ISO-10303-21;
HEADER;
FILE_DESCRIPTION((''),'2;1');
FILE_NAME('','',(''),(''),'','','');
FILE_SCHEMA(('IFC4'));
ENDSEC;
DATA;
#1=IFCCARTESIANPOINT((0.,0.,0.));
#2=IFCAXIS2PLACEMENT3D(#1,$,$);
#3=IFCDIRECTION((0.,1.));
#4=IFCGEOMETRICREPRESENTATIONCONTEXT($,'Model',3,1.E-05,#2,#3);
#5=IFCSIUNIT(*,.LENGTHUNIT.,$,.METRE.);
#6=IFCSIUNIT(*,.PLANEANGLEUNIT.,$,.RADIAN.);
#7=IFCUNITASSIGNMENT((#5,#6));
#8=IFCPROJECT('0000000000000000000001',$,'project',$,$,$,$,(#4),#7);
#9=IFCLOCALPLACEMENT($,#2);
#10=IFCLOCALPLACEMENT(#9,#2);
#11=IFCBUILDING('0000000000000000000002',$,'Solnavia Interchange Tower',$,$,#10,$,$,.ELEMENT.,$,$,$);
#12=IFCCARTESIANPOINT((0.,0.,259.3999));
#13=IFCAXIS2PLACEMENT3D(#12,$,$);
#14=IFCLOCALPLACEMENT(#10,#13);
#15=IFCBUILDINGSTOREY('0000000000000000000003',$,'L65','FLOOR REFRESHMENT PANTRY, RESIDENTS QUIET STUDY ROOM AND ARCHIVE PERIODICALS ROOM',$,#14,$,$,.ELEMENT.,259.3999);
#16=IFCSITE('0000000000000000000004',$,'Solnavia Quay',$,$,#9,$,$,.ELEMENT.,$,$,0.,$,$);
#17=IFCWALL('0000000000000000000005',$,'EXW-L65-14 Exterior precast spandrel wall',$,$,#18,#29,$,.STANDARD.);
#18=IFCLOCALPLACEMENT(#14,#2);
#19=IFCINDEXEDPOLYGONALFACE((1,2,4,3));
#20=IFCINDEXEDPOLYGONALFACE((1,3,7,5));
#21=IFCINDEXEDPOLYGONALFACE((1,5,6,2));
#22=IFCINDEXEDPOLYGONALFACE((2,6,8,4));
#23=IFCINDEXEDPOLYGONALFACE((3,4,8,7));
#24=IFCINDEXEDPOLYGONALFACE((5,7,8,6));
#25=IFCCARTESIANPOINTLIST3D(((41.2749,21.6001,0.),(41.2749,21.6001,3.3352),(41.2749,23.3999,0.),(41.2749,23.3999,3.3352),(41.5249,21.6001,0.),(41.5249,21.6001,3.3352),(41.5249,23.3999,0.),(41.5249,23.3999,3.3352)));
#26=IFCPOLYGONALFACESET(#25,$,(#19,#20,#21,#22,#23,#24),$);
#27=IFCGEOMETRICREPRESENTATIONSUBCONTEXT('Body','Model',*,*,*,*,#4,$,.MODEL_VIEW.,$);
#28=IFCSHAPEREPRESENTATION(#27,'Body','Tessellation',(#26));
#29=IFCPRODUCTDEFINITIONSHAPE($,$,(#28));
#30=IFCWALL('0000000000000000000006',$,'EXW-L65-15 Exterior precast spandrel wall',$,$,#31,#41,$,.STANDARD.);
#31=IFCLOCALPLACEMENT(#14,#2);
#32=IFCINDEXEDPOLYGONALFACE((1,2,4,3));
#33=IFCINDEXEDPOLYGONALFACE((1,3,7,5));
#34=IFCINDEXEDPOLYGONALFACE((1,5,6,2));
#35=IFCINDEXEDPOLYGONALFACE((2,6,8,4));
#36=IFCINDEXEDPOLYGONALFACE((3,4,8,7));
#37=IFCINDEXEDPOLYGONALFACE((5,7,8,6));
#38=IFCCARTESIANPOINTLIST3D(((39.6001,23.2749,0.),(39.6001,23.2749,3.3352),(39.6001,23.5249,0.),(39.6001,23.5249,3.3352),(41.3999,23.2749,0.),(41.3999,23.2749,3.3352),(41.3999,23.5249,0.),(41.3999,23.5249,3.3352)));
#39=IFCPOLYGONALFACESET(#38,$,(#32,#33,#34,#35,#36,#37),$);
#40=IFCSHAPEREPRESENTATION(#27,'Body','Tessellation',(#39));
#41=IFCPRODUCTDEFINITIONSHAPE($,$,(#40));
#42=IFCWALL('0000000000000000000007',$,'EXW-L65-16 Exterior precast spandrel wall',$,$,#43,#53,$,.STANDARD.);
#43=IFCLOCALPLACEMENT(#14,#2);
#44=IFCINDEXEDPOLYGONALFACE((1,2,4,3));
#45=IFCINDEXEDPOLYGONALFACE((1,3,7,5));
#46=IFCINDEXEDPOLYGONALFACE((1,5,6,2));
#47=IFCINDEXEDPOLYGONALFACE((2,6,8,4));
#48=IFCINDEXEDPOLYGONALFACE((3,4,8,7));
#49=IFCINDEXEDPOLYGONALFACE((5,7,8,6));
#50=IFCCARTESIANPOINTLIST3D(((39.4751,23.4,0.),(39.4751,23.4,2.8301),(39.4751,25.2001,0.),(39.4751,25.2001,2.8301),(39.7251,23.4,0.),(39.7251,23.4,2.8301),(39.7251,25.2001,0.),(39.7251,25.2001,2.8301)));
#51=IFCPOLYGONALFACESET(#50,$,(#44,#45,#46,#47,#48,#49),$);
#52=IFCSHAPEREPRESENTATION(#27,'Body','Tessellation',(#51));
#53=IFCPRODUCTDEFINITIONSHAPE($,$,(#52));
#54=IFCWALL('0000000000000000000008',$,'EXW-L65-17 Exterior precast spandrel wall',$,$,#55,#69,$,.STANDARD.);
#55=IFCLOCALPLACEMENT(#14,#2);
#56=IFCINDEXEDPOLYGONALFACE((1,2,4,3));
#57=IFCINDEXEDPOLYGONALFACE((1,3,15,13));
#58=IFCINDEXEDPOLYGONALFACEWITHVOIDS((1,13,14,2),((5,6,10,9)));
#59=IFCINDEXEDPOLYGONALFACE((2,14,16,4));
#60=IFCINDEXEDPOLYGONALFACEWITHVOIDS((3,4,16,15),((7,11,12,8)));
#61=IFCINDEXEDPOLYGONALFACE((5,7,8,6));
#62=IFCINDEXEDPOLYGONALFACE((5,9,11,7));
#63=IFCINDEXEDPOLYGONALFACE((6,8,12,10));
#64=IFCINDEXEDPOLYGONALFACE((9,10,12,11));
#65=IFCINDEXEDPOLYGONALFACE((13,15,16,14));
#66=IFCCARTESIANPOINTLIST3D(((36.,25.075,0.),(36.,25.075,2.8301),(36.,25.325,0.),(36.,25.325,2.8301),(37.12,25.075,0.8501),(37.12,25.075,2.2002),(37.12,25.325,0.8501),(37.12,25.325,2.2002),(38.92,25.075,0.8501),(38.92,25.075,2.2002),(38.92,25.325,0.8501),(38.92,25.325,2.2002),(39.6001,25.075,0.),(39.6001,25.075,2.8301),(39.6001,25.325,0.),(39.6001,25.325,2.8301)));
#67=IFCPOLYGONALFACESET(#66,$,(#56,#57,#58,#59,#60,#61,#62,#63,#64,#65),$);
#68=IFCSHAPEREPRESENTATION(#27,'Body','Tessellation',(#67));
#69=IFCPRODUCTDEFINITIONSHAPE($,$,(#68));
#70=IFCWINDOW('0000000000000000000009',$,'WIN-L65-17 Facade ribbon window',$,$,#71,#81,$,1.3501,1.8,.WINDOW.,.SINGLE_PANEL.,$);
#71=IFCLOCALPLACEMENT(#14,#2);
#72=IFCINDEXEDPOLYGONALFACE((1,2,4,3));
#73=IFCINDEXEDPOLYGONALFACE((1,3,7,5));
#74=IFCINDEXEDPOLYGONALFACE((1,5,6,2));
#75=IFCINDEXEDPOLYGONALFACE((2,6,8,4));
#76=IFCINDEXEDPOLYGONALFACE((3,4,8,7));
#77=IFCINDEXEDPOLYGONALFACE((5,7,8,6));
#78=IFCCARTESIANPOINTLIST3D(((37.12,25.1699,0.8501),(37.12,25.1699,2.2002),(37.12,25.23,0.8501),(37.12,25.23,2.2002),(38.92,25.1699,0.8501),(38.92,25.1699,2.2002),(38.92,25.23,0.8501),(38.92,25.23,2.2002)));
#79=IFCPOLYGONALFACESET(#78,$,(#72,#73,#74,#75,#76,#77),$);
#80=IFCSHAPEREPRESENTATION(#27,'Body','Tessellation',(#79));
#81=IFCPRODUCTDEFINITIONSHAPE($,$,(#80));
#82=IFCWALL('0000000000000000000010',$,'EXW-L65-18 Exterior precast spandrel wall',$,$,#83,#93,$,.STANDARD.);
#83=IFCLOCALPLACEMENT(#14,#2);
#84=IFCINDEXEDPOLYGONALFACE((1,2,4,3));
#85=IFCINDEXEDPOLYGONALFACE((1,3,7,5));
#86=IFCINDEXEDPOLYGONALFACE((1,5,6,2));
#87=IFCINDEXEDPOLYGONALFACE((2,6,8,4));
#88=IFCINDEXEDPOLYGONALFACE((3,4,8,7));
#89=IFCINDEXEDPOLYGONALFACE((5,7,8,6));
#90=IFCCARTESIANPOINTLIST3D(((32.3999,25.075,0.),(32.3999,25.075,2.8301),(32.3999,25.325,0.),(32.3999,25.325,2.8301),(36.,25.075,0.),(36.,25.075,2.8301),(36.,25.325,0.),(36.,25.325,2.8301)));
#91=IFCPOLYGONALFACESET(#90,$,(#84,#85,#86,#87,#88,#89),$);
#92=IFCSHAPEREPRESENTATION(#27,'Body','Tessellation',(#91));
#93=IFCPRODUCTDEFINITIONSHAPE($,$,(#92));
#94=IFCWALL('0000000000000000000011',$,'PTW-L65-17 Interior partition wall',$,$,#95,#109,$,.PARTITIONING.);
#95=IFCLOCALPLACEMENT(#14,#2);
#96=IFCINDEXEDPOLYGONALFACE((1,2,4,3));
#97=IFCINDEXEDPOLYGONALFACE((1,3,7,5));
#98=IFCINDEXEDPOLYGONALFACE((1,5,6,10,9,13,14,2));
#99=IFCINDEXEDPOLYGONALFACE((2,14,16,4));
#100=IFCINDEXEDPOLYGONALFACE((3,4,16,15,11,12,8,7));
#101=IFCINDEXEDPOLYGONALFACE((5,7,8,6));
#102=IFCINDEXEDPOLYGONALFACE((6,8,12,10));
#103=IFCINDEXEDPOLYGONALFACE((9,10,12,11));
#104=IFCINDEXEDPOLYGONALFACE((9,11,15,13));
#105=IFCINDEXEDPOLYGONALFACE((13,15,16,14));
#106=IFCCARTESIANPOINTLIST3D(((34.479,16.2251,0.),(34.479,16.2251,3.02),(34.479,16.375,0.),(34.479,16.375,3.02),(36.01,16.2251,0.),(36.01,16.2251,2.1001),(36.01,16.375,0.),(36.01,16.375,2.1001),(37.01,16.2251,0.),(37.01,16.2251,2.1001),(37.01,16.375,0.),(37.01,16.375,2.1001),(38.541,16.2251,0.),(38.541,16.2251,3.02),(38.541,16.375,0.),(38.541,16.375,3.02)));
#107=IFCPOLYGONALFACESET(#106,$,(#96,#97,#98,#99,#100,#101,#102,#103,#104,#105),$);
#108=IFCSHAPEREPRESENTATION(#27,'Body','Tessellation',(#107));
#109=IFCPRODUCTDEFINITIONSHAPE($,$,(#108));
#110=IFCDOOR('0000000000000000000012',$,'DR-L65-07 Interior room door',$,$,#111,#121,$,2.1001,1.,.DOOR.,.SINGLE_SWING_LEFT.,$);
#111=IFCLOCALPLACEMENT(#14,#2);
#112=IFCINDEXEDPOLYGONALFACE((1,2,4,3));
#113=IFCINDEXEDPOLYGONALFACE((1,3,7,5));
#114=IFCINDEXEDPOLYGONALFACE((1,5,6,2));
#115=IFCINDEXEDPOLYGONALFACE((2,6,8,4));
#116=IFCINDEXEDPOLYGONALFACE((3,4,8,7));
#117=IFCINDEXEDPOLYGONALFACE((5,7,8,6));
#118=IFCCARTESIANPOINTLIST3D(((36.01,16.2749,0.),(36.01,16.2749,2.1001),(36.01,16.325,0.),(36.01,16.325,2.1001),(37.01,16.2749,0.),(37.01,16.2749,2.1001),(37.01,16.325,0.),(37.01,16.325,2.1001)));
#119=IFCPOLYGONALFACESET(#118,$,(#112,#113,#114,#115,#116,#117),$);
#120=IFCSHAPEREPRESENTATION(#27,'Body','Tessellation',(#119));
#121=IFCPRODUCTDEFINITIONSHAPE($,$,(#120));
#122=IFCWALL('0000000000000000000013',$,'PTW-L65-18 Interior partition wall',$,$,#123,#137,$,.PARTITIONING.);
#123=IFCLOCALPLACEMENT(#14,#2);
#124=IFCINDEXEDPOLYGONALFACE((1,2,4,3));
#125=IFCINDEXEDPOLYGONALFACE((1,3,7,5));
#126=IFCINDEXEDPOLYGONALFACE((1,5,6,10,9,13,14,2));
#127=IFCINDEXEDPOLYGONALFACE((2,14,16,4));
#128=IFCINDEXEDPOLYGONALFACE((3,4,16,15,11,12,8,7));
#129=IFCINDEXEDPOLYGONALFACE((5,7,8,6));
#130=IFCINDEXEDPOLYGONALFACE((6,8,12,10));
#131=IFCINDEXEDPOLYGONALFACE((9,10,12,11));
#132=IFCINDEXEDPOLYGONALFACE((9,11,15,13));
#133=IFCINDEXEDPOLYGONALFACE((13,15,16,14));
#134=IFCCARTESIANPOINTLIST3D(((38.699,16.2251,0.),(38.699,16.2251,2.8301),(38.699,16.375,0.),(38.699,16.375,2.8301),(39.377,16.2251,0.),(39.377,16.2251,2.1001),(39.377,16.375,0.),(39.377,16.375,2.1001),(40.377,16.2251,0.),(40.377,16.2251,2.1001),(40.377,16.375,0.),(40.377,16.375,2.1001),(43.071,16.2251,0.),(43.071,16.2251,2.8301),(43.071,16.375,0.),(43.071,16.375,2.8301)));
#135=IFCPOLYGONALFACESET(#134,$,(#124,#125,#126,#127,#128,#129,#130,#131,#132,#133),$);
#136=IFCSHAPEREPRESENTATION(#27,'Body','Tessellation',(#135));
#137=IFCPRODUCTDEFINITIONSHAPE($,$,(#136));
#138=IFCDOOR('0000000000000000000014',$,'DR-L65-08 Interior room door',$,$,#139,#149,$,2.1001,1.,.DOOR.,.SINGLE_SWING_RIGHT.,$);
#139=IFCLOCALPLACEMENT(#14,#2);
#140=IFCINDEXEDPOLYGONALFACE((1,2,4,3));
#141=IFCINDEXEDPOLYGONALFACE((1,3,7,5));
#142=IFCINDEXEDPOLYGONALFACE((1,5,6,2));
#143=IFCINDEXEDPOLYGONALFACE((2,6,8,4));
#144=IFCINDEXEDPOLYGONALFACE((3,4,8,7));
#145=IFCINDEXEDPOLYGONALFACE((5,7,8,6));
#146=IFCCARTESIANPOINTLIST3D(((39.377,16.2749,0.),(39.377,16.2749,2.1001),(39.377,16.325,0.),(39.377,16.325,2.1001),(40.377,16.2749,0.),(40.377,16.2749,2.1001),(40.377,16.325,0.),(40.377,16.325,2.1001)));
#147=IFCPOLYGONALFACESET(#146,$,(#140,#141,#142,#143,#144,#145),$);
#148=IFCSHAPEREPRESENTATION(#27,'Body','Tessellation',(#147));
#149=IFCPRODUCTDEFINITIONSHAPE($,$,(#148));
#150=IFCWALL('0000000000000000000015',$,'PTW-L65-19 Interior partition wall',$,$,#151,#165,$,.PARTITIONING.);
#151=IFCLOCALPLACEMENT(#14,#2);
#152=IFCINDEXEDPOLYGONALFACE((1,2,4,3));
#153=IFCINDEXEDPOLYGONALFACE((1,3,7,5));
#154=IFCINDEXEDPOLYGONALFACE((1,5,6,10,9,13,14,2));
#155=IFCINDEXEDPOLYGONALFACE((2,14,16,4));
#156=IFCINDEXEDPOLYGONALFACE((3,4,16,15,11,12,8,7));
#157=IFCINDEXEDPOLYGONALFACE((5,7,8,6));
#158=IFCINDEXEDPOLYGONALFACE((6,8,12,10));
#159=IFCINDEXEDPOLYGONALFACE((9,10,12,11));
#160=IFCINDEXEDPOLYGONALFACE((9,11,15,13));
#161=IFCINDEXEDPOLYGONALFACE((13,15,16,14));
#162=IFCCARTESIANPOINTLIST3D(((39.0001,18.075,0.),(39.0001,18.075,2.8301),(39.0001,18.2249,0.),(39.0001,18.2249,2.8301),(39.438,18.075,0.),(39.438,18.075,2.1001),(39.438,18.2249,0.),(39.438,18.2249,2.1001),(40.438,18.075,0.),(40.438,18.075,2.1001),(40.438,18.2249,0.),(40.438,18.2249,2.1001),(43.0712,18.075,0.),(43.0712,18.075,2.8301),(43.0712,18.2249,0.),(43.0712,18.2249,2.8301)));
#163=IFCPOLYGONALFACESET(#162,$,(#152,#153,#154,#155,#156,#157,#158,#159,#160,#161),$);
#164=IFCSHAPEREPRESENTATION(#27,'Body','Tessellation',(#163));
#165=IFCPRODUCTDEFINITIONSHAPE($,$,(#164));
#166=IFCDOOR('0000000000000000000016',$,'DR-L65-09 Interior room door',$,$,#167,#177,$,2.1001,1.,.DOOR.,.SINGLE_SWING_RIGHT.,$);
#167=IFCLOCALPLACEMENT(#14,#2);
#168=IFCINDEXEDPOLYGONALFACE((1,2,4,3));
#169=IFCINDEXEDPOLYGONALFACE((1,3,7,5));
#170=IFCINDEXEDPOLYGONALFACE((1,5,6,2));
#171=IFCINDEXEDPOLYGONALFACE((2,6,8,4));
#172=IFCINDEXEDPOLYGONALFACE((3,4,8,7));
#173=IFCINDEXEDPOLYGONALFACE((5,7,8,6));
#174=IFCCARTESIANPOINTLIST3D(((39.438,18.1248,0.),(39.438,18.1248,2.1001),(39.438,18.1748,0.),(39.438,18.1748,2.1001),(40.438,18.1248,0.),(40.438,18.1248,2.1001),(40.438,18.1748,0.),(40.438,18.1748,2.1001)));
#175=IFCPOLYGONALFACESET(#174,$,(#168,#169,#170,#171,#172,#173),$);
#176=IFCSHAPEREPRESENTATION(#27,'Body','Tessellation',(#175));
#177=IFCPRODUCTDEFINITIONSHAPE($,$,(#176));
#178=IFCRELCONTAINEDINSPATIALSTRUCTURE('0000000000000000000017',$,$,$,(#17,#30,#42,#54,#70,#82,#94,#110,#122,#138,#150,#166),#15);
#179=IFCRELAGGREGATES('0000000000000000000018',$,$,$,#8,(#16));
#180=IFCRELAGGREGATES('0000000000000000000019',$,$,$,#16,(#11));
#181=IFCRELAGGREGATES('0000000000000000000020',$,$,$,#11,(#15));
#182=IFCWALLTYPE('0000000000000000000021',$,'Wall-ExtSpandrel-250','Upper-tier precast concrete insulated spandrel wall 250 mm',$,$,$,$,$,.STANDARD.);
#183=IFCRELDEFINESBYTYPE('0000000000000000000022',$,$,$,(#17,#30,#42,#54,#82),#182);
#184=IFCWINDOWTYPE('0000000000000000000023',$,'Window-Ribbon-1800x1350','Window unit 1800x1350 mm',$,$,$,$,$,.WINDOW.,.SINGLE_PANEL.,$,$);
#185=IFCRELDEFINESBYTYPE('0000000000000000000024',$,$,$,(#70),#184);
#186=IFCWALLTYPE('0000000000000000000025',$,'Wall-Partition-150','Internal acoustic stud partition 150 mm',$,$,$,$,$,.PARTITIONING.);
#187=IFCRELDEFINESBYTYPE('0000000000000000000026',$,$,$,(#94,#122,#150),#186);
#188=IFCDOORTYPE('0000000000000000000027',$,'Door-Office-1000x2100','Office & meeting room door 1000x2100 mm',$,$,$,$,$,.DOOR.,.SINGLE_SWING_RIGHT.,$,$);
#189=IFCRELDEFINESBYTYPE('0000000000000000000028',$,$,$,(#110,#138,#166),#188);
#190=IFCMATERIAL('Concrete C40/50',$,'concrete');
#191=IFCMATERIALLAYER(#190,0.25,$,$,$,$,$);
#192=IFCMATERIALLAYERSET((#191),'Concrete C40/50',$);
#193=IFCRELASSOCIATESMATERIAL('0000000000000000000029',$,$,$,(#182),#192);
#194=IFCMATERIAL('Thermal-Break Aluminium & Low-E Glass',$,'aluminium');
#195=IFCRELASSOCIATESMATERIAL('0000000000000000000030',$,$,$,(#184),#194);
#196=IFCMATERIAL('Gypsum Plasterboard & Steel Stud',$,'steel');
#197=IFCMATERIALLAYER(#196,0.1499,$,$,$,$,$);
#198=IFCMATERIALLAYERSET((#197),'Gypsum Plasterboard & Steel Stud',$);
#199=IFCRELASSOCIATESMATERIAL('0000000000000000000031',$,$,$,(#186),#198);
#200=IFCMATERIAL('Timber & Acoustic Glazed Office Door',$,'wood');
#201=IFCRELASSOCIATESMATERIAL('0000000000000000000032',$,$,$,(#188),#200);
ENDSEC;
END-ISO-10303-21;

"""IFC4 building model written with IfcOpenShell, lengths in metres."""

from ifc_helpers import new_model, si_unit, direction, frame, frame_2d, origin, place, context, subcontext, project, spatial, rectangle, extrude, material, layer, layer_set, type_object, element, fill, save


model = new_model("IFC4")

# Units and contexts
model_context = context("Model", 3, precision=1e-05, world=origin(), true_north=direction((0.0, 1.0)))
body_context = subcontext(model_context, "Body", "Model", "MODEL_VIEW")
ifc_project = project(units=[si_unit("LENGTHUNIT", "METRE"), si_unit("PLANEANGLEUNIT", "RADIAN")], contexts=[model_context])

# Site, building, storey
site_placement = place(None, origin())
site = spatial("IfcSite", under=ifc_project, at=site_placement, Name="Solnavia Quay", CompositionType="ELEMENT", RefElevation=0.0)
building_placement = place(site_placement, origin())
building = spatial("IfcBuilding", under=site, at=building_placement, Name="Solnavia Interchange Tower", CompositionType="ELEMENT")
storey_placement = place(building_placement, frame((0.0, 0.0, 259.3999)))
storey = spatial("IfcBuildingStorey", under=building, at=storey_placement, Name="L65", Description="FLOOR REFRESHMENT PANTRY, RESIDENTS QUIET STUDY ROOM AND ARCHIVE PERIODICALS ROOM", CompositionType="ELEMENT", Elevation=259.3999)

# Walls
ifc_material_1 = material(Name="Concrete C40/50", Category="concrete")
ifc_layer_1 = layer(ifc_material_1, 0.25)
ifc_layer_set_1 = layer_set([ifc_layer_1], Name="Concrete C40/50")
wall_type_1 = type_object("IfcWallType", Name="Wall-ExtSpandrel-250", Description="Upper-tier precast concrete insulated spandrel wall 250 mm", PredefinedType="STANDARD", material=ifc_layer_set_1)
for number, where, z_axis, x_axis, name in (
    (1, (41.3999, 23.3999, 0.0), (0.0, 0.0, 1.0), (0.0, -1.0, 0.0), "EXW-L65-14 Exterior precast spandrel wall"),
    (2, (39.6001, 23.3999, 0.0), (0.0, 0.0, 1.0), (1.0, 0.0, 0.0), "EXW-L65-15 Exterior precast spandrel wall"),
):
    element("IfcWall", number, at=place(storey_placement, frame(where, z_axis=z_axis, x_axis=x_axis)), inside=storey, type_object=wall_type_1, Name=name, PredefinedType="STANDARD", context=body_context, shape_type="SweptSolid", body=[
        extrude(rectangle(XDim=1.7998, YDim=0.25, at=frame_2d((0.8999, 0.0))), origin(), (0.0, 0.0, 1.0), 3.3352),
    ])
wall_1_placement = place(storey_placement, frame((39.6001, 25.2, 0.0), z_axis=(0.0, 0.0, 1.0), x_axis=(0.0, -1.0, 0.0)))
element("IfcWall", 3, at=wall_1_placement, inside=storey, type_object=wall_type_1, Name="EXW-L65-16 Exterior precast spandrel wall", PredefinedType="STANDARD", context=body_context, shape_type="SweptSolid", body=[
    extrude(rectangle(XDim=1.8, YDim=0.25, at=frame_2d((0.8999, 0.0))), origin(), (0.0, 0.0, 1.0), 2.8301),
])

# Wall, opening, window
wall_2_placement = place(storey_placement, frame((36.0, 25.2, 0.0), z_axis=(0.0, 0.0, 1.0), x_axis=(1.0, 0.0, 0.0)))
wall_2 = element("IfcWall", 4, at=wall_2_placement, inside=storey, type_object=wall_type_1, Name="EXW-L65-17 Exterior precast spandrel wall", PredefinedType="STANDARD", context=body_context, shape_type="SweptSolid", body=[
    extrude(rectangle(XDim=3.6001, YDim=0.25, at=frame_2d((1.8, 0.0))), origin(), (0.0, 0.0, 1.0), 2.8301),
])
opening_1_placement = place(wall_2_placement, frame((1.1201, 0.0, 0.8501)))
opening_1 = element("IfcOpeningElement", 5, at=opening_1_placement, cuts=wall_2, PredefinedType="OPENING", context=body_context, shape_type="SweptSolid", body=[
    extrude(rectangle(XDim=1.8, YDim=1.3501, at=frame_2d((0.8999, 0.675))), frame((0.0, 0.135, 0.0), z_axis=(0.0, -1.0, 0.0), x_axis=(1.0, 0.0, 0.0)), (0.0, 0.0, 1.0), 0.27),
])
ifc_material_2 = material(Name="Thermal-Break Aluminium & Low-E Glass", Category="aluminium")
window_type = type_object("IfcWindowType", Name="Window-Ribbon-1800x1350", Description="Window unit 1800x1350 mm", PartitioningType="SINGLE_PANEL", PredefinedType="WINDOW", material=ifc_material_2)
window_placement = place(opening_1_placement, origin())
window = element("IfcWindow", 6, at=window_placement, inside=storey, type_object=window_type, Name="WIN-L65-17 Facade ribbon window", OverallHeight=1.3501, OverallWidth=1.8, PartitioningType="SINGLE_PANEL", PredefinedType="WINDOW", context=body_context, shape_type="SweptSolid", body=[
    extrude(rectangle(XDim=1.8, YDim=1.3501, at=frame_2d((0.8999, 0.675))), frame((0.0, 0.03, 0.0), z_axis=(0.0, -1.0, 0.0), x_axis=(1.0, 0.0, 0.0)), (0.0, 0.0, 1.0), 0.0601),
])
fill(opening_1, window)

# Wall
wall_3_placement = place(storey_placement, frame((32.3999, 25.2, 0.0), z_axis=(0.0, 0.0, 1.0), x_axis=(1.0, 0.0, 0.0)))
element("IfcWall", 7, at=wall_3_placement, inside=storey, type_object=wall_type_1, Name="EXW-L65-18 Exterior precast spandrel wall", PredefinedType="STANDARD", context=body_context, shape_type="SweptSolid", body=[
    extrude(rectangle(XDim=3.6001, YDim=0.25, at=frame_2d((1.8, 0.0))), origin(), (0.0, 0.0, 1.0), 2.8301),
])

# Walls, openings, doors
ifc_material_3 = material(Name="Gypsum Plasterboard & Steel Stud", Category="steel")
ifc_layer_2 = layer(ifc_material_3, 0.1499)
ifc_layer_set_2 = layer_set([ifc_layer_2], Name="Gypsum Plasterboard & Steel Stud")
wall_type_2 = type_object("IfcWallType", Name="Wall-Partition-150", Description="Internal acoustic stud partition 150 mm", PredefinedType="PARTITIONING", material=ifc_layer_set_2)
wall_4_placement = place(storey_placement, frame((34.479, 16.3, 0.0), z_axis=(0.0, 0.0, 1.0), x_axis=(1.0, 0.0, 0.0)))
wall_4 = element("IfcWall", 8, at=wall_4_placement, inside=storey, type_object=wall_type_2, Name="PTW-L65-17 Interior partition wall", PredefinedType="PARTITIONING", context=body_context, shape_type="SweptSolid", body=[
    extrude(rectangle(XDim=4.062, YDim=0.1499, at=frame_2d((2.031, 0.0))), origin(), (0.0, 0.0, 1.0), 3.02),
])
opening_2_placement = place(wall_4_placement, frame((1.531, 0.0, 0.0)))
opening_2 = element("IfcOpeningElement", 9, at=opening_2_placement, cuts=wall_4, PredefinedType="OPENING", context=body_context, shape_type="SweptSolid", body=[
    extrude(rectangle(XDim=1.0, YDim=2.1001, at=frame_2d((0.5, 1.05))), frame((0.0, 0.085, 0.0), z_axis=(0.0, -1.0, 0.0), x_axis=(1.0, 0.0, 0.0)), (0.0, 0.0, 1.0), 0.1699),
])
ifc_material_4 = material(Name="Timber & Acoustic Glazed Office Door", Category="wood")
door_type_1 = type_object("IfcDoorType", Name="Door-Office-1000x2100", Description="Office & meeting room door 1000x2100 mm", OperationType="SINGLE_SWING_RIGHT", PredefinedType="DOOR", material=ifc_material_4)
door_1_placement = place(opening_2_placement, origin())
door_1 = element("IfcDoor", 10, at=door_1_placement, inside=storey, type_object=door_type_1, Name="DR-L65-07 Interior room door", OperationType="SINGLE_SWING_LEFT", OverallHeight=2.1001, OverallWidth=1.0, PredefinedType="DOOR", context=body_context, shape_type="SweptSolid", body=[
    extrude(rectangle(XDim=1.0, YDim=2.1001, at=frame_2d((0.5, 1.05))), frame((0.0, 0.0249, 0.0), z_axis=(0.0, -1.0, 0.0), x_axis=(1.0, 0.0, 0.0)), (0.0, 0.0, 1.0), 0.05),
])
fill(opening_2, door_1)
wall_5_placement = place(storey_placement, frame((38.699, 16.3, 0.0), z_axis=(0.0, 0.0, 1.0), x_axis=(1.0, 0.0, 0.0)))
wall_5 = element("IfcWall", 11, at=wall_5_placement, inside=storey, type_object=wall_type_2, Name="PTW-L65-18 Interior partition wall", PredefinedType="PARTITIONING", context=body_context, shape_type="SweptSolid", body=[
    extrude(rectangle(XDim=4.3721, YDim=0.1499, at=frame_2d((2.186, 0.0))), origin(), (0.0, 0.0, 1.0), 2.8301),
])
opening_3_placement = place(wall_5_placement, frame((0.678, 0.0, 0.0)))
opening_3 = element("IfcOpeningElement", 12, at=opening_3_placement, cuts=wall_5, PredefinedType="OPENING", context=body_context, shape_type="SweptSolid", body=[
    extrude(rectangle(XDim=1.0, YDim=2.1001, at=frame_2d((0.5, 1.05))), frame((0.0, 0.085, 0.0), z_axis=(0.0, -1.0, 0.0), x_axis=(1.0, 0.0, 0.0)), (0.0, 0.0, 1.0), 0.1699),
])
door_2_placement = place(opening_3_placement, origin())
door_2 = element("IfcDoor", 13, at=door_2_placement, inside=storey, type_object=door_type_1, Name="DR-L65-08 Interior room door", OperationType="SINGLE_SWING_RIGHT", OverallHeight=2.1001, OverallWidth=1.0, PredefinedType="DOOR", context=body_context, shape_type="SweptSolid", body=[
    extrude(rectangle(XDim=1.0, YDim=2.1001, at=frame_2d((0.5, 1.05))), frame((0.0, 0.0249, 0.0), z_axis=(0.0, -1.0, 0.0), x_axis=(1.0, 0.0, 0.0)), (0.0, 0.0, 1.0), 0.05),
])
fill(opening_3, door_2)
wall_6_placement = place(storey_placement, frame((39.0, 18.1499, 0.0), z_axis=(0.0, 0.0, 1.0), x_axis=(1.0, 0.0, 0.0)))
wall_6 = element("IfcWall", 14, at=wall_6_placement, inside=storey, type_object=wall_type_2, Name="PTW-L65-19 Interior partition wall", PredefinedType="PARTITIONING", context=body_context, shape_type="SweptSolid", body=[
    extrude(rectangle(XDim=4.071, YDim=0.1499, at=frame_2d((2.0356, 0.0))), origin(), (0.0, 0.0, 1.0), 2.8301),
])
opening_4_placement = place(wall_6_placement, frame((0.438, 0.0, 0.0)))
opening_4 = element("IfcOpeningElement", 15, at=opening_4_placement, cuts=wall_6, PredefinedType="OPENING", context=body_context, shape_type="SweptSolid", body=[
    extrude(rectangle(XDim=1.0, YDim=2.1001, at=frame_2d((0.5, 1.05))), frame((0.0, 0.085, 0.0), z_axis=(0.0, -1.0, 0.0), x_axis=(1.0, 0.0, 0.0)), (0.0, 0.0, 1.0), 0.1699),
])
door_3_placement = place(opening_4_placement, origin())
door_3 = element("IfcDoor", 16, at=door_3_placement, inside=storey, type_object=door_type_1, Name="DR-L65-09 Interior room door", OperationType="SINGLE_SWING_RIGHT", OverallHeight=2.1001, OverallWidth=1.0, PredefinedType="DOOR", context=body_context, shape_type="SweptSolid", body=[
    extrude(rectangle(XDim=1.0, YDim=2.1001, at=frame_2d((0.5, 1.05))), frame((0.0, 0.0249, 0.0), z_axis=(0.0, -1.0, 0.0), x_axis=(1.0, 0.0, 0.0)), (0.0, 0.0, 1.0), 0.05),
])
fill(opening_4, door_3)

save(model, "model.ifc")
